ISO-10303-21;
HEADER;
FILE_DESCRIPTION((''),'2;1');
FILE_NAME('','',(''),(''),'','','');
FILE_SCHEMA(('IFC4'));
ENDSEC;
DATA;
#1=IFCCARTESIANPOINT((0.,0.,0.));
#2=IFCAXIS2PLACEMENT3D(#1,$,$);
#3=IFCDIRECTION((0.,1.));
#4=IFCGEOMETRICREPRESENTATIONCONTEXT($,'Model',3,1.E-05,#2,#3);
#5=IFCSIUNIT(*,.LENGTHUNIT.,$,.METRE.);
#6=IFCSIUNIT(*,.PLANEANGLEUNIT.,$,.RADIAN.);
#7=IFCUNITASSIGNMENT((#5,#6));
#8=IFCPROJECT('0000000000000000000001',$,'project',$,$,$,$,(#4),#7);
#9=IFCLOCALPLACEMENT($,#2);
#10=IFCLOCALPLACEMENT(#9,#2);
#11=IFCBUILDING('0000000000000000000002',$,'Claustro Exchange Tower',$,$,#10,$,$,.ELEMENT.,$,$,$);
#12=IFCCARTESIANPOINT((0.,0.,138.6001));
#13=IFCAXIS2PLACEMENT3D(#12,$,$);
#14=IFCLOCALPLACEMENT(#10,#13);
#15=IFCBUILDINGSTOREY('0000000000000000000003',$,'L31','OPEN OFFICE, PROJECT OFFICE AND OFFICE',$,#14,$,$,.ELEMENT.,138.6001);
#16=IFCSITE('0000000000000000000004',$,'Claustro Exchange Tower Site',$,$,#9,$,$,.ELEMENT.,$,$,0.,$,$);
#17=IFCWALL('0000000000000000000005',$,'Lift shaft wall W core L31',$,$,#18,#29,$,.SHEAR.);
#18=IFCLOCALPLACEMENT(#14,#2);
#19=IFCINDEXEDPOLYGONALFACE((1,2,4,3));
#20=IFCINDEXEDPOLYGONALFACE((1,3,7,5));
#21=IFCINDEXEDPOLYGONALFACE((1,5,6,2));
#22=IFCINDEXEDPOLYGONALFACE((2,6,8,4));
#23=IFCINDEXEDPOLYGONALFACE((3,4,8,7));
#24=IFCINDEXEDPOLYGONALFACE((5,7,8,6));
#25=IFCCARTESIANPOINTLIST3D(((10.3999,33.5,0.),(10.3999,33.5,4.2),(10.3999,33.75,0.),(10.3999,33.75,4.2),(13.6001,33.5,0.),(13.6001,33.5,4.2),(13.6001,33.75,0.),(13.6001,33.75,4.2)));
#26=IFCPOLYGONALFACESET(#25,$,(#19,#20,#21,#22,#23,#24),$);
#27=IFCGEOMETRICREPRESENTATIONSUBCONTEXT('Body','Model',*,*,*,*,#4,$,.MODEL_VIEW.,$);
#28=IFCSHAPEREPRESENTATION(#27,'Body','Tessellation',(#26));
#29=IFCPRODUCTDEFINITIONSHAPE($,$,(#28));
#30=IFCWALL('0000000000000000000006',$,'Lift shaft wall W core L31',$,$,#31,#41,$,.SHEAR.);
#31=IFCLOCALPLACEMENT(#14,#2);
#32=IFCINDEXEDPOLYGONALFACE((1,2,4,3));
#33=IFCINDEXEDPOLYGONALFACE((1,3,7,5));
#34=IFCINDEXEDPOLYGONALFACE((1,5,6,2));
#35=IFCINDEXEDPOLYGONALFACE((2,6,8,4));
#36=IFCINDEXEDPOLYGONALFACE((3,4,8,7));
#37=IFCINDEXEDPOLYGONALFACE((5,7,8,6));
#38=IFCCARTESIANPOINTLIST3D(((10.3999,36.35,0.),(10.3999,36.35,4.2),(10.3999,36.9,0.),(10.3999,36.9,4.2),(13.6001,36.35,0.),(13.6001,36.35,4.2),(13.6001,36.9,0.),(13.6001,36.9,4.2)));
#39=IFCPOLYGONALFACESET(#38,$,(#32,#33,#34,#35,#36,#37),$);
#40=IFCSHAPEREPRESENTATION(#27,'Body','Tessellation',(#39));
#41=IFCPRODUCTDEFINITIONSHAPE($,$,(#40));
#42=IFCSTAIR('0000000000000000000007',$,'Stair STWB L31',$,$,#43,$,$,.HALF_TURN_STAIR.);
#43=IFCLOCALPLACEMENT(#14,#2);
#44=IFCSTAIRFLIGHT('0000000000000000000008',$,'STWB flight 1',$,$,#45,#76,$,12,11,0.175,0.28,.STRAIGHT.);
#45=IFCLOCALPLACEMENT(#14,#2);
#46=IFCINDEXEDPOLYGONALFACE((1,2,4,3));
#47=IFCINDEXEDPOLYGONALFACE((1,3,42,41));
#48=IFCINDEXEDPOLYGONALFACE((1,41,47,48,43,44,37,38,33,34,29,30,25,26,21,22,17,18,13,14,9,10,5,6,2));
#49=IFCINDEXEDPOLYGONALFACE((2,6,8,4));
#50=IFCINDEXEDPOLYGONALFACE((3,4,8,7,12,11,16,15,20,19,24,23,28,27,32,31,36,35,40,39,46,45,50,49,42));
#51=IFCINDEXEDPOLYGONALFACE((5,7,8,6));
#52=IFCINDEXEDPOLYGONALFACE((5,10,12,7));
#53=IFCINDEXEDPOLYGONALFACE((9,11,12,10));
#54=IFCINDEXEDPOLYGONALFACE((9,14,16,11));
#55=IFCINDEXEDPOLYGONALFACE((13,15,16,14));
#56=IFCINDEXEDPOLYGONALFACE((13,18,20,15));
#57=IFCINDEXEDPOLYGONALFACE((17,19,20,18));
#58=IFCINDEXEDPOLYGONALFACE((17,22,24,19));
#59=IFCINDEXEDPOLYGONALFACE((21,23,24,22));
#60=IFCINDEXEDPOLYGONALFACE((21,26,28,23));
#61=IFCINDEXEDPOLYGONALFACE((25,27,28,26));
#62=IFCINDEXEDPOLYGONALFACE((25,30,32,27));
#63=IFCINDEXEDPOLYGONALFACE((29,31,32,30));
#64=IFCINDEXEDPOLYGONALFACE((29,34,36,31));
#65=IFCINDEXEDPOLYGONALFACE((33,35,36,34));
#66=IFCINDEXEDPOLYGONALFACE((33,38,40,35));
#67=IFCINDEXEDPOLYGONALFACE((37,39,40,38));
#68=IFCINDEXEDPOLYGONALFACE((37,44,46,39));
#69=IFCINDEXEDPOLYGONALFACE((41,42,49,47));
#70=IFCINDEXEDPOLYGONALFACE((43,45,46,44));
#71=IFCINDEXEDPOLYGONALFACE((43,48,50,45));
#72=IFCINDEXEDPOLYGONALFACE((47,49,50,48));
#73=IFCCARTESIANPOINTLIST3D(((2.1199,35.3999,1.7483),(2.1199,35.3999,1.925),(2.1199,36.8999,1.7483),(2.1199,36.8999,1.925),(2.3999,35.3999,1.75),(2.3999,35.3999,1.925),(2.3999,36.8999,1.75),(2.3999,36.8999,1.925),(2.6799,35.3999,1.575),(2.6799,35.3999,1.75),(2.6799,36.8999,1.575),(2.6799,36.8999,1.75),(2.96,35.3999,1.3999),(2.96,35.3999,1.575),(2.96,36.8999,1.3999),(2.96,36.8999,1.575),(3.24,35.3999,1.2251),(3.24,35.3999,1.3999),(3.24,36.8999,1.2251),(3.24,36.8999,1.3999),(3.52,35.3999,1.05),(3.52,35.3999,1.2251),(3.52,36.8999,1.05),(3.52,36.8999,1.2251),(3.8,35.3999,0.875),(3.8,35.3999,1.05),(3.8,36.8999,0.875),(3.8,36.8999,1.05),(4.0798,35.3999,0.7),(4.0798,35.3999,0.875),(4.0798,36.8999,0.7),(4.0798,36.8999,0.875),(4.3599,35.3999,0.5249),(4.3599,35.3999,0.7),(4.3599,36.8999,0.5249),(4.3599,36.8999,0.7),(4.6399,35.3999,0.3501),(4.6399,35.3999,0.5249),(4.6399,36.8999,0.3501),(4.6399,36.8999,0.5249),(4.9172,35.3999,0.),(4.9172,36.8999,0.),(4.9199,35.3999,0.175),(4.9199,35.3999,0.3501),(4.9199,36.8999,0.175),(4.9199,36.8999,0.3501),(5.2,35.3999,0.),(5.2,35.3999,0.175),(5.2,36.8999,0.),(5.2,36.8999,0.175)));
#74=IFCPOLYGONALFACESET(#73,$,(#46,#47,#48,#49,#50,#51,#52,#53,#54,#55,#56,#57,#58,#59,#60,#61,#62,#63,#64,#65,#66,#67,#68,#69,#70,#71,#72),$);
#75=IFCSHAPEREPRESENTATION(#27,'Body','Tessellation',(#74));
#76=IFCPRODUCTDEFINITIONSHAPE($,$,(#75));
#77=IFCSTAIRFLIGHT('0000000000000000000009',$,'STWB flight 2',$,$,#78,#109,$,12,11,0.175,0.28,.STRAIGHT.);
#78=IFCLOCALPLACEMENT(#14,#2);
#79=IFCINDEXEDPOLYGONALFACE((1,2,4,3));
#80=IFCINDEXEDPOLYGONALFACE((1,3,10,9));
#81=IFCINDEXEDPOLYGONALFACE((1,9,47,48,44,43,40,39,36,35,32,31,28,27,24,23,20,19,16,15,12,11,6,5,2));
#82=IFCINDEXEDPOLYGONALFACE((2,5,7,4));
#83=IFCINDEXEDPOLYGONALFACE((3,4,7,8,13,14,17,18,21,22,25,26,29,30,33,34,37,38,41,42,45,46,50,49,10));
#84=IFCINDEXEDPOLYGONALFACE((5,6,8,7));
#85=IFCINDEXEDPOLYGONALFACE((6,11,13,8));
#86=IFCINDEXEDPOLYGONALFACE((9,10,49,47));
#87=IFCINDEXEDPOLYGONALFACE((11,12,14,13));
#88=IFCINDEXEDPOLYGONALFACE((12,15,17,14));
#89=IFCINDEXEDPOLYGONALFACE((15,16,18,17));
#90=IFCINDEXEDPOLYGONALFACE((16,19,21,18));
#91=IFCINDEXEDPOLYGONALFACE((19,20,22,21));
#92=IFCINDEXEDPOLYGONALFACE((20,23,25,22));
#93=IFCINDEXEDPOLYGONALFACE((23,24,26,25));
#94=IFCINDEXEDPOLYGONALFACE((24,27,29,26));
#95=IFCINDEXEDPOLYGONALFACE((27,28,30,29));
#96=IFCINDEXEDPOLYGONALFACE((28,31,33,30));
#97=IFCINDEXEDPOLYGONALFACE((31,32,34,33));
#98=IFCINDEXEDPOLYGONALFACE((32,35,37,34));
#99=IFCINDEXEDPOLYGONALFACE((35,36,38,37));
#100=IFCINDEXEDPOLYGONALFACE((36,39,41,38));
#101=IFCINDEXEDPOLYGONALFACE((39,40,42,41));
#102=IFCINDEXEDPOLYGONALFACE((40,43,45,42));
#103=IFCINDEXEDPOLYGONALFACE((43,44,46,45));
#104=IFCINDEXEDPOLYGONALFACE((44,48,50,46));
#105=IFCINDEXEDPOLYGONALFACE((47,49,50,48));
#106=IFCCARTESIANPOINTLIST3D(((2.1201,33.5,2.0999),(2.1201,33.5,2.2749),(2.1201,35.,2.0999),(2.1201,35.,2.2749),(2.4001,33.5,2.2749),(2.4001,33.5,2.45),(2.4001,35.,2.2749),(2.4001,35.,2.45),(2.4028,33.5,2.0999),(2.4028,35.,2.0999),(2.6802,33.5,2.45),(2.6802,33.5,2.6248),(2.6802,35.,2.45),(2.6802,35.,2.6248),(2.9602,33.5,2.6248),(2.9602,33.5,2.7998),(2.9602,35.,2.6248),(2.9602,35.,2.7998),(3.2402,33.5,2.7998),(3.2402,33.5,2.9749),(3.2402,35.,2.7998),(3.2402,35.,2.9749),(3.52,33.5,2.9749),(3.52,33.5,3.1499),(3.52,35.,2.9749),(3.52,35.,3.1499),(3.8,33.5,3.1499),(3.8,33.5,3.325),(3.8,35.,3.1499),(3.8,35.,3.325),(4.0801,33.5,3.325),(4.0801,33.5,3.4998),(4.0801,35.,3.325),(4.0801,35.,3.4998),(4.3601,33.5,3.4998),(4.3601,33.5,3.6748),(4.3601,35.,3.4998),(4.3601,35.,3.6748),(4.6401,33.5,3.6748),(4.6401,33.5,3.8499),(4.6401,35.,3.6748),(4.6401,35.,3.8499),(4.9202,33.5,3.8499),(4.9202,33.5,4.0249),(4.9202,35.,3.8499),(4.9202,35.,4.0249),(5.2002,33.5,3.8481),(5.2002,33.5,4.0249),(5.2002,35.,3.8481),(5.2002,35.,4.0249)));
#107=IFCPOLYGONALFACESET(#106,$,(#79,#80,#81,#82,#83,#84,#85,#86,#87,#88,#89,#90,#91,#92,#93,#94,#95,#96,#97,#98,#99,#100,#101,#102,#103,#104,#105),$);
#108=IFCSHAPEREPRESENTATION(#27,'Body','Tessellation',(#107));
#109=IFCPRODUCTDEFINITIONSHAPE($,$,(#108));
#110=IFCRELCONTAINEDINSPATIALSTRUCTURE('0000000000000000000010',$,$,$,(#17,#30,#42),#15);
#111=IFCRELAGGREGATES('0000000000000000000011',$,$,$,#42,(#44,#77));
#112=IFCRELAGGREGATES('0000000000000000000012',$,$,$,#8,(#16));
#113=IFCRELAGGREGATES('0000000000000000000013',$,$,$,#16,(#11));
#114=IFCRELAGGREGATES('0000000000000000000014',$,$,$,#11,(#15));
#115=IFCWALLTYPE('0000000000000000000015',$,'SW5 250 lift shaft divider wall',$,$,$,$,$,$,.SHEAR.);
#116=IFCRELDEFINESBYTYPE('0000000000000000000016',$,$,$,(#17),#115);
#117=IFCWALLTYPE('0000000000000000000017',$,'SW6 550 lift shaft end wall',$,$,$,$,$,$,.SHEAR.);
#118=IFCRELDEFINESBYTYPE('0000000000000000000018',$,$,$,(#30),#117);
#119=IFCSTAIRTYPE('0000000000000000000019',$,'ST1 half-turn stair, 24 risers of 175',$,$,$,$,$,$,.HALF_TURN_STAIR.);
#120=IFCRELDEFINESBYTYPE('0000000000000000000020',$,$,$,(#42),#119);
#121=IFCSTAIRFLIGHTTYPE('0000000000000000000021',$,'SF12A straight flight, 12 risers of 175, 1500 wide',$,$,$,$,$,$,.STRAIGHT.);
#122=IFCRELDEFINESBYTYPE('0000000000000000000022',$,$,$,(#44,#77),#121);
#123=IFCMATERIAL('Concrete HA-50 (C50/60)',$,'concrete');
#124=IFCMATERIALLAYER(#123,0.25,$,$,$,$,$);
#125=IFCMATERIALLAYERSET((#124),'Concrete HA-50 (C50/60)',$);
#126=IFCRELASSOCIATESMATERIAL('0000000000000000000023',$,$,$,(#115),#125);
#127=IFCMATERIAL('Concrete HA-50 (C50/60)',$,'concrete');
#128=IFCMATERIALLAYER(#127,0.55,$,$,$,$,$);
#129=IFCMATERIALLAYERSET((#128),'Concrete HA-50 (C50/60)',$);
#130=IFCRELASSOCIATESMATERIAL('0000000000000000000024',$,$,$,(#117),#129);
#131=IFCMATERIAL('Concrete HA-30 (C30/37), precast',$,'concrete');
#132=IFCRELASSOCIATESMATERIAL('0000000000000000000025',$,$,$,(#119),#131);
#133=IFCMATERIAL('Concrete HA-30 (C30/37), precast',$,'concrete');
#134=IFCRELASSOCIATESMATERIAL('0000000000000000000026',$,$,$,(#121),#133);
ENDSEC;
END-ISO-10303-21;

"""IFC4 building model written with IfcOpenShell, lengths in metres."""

from ifc_helpers import new_model, si_unit, direction, frame, frame_2d, origin, place, context, subcontext, project, spatial, polyline, rectangle, outline, extrude, material, layer, layer_set, type_object, element, aggregate, save


model = new_model("IFC4")

# Units and contexts
model_context = context("Model", 3, precision=1e-05, world=origin(), true_north=direction((0.0, 1.0)))
body_context = subcontext(model_context, "Body", "Model", "MODEL_VIEW")
ifc_project = project(units=[si_unit("LENGTHUNIT", "METRE"), si_unit("PLANEANGLEUNIT", "RADIAN")], contexts=[model_context])

# Site, building, storey
site_placement = place(None, origin())
site = spatial("IfcSite", under=ifc_project, at=site_placement, Name="Claustro Exchange Tower Site", CompositionType="ELEMENT", RefElevation=0.0)
building_placement = place(site_placement, origin())
building = spatial("IfcBuilding", under=site, at=building_placement, Name="Claustro Exchange Tower", CompositionType="ELEMENT")
storey_placement = place(building_placement, frame((0.0, 0.0, 138.6001)))
storey = spatial("IfcBuildingStorey", under=building, at=storey_placement, Name="L31", Description="OPEN OFFICE, PROJECT OFFICE AND OFFICE", CompositionType="ELEMENT", Elevation=138.6001)

# Walls
ifc_material_1 = material(Name="Concrete HA-50 (C50/60)", Category="concrete")
ifc_layer_1 = layer(ifc_material_1, 0.25)
ifc_layer_set_1 = layer_set([ifc_layer_1], Name="Concrete HA-50 (C50/60)")
wall_type_1 = type_object("IfcWallType", Name="SW5 250 lift shaft divider wall", PredefinedType="SHEAR", material=ifc_layer_set_1)
for number, where, z_axis, x_axis, name in (
    (1, (10.3999, 33.625, 0.0), (0.0, 0.0, 1.0), (1.0, 0.0, 0.0), "Lift shaft wall W core L31"),
):
    element("IfcWall", number, at=place(storey_placement, frame(where, z_axis=z_axis, x_axis=x_axis)), inside=storey, type_object=wall_type_1, Name=name, PredefinedType="SHEAR", context=body_context, shape_type="SweptSolid", body=[
        extrude(rectangle(XDim=3.2002, YDim=0.25, at=frame_2d((1.6001, 0.0))), origin(), (0.0, 0.0, 1.0), 4.2),
    ])
ifc_material_2 = material(Name="Concrete HA-50 (C50/60)", Category="concrete")
ifc_layer_2 = layer(ifc_material_2, 0.55)
ifc_layer_set_2 = layer_set([ifc_layer_2], Name="Concrete HA-50 (C50/60)")
wall_type_2 = type_object("IfcWallType", Name="SW6 550 lift shaft end wall", PredefinedType="SHEAR", material=ifc_layer_set_2)
wall_1_placement = place(storey_placement, frame((10.3999, 36.625, 0.0), z_axis=(0.0, 0.0, 1.0), x_axis=(1.0, 0.0, 0.0)))
element("IfcWall", 2, at=wall_1_placement, inside=storey, type_object=wall_type_2, Name="Lift shaft wall W core L31", PredefinedType="SHEAR", context=body_context, shape_type="SweptSolid", body=[
    extrude(rectangle(XDim=3.2002, YDim=0.55, at=frame_2d((1.6001, 0.0))), origin(), (0.0, 0.0, 1.0), 4.2),
])

# Stair, stair flights
ifc_material_3 = material(Name="Concrete HA-30 (C30/37), precast", Category="concrete")
stair_type = type_object("IfcStairType", Name="ST1 half-turn stair, 24 risers of 175", PredefinedType="HALF_TURN_STAIR", material=ifc_material_3)
stair_placement = place(storey_placement, origin())
stair = element("IfcStair", 3, at=stair_placement, inside=storey, type_object=stair_type, Name="Stair STWB L31", PredefinedType="HALF_TURN_STAIR")
ifc_material_4 = material(Name="Concrete HA-30 (C30/37), precast", Category="concrete")
stair_flight_type = type_object("IfcStairFlightType", Name="SF12A straight flight, 12 risers of 175, 1500 wide", PredefinedType="STRAIGHT", material=ifc_material_4)
stair_flight_1_placement = place(storey_placement, frame((5.2, 36.1499, 0.0), z_axis=(0.0, 0.0, 1.0), x_axis=(-1.0, 0.0, 0.0)))
stair_flight_1 = element("IfcStairFlight", 4, at=stair_flight_1_placement, type_object=stair_flight_type, Name="STWB flight 1", NumberOfRisers=12, NumberOfTreads=11, PredefinedType="STRAIGHT", RiserHeight=0.175, TreadLength=0.28, context=body_context, shape_type="SweptSolid", body=[
    extrude(outline(polyline([(0.0, 0.0), (0.0, 0.175), (0.28, 0.175), (0.28, 0.3501), (0.5601, 0.3501), (0.5601, 0.5249), (0.8401, 0.5249), (0.8401, 0.7), (1.1201, 0.7), (1.1201, 0.875), (1.3999, 0.875), (1.3999, 1.05), (1.6799, 1.05), (1.6799, 1.2251), (1.96, 1.2251), (1.96, 1.3999), (2.24, 1.3999), (2.24, 1.575), (2.52, 1.575), (2.52, 1.75), (2.8, 1.75), (2.8, 1.925), (3.0801, 1.925), (3.0801, 2.1001), (3.0801, 1.7483), (0.2827, 0.0), (0.0, 0.0)])), frame((0.0, 0.75, 0.0), z_axis=(0.0, -1.0, 0.0), x_axis=(1.0, 0.0, 0.0)), (0.0, 0.0, 1.0), 1.5),
])
stair_flight_2_placement = place(storey_placement, frame((2.1201, 34.25, 2.0999), z_axis=(0.0, 0.0, 1.0), x_axis=(1.0, 0.0, 0.0)))
stair_flight_2 = element("IfcStairFlight", 5, at=stair_flight_2_placement, type_object=stair_flight_type, Name="STWB flight 2", NumberOfRisers=12, NumberOfTreads=11, PredefinedType="STRAIGHT", RiserHeight=0.175, TreadLength=0.28, context=body_context, shape_type="SweptSolid", body=[
    extrude(outline(polyline([(0.0, 0.0), (0.0, 0.175), (0.28, 0.175), (0.28, 0.3501), (0.5601, 0.3501), (0.5601, 0.5249), (0.8401, 0.5249), (0.8401, 0.7), (1.1201, 0.7), (1.1201, 0.875), (1.3999, 0.875), (1.3999, 1.05), (1.6799, 1.05), (1.6799, 1.2251), (1.96, 1.2251), (1.96, 1.3999), (2.24, 1.3999), (2.24, 1.575), (2.52, 1.575), (2.52, 1.75), (2.8, 1.75), (2.8, 1.925), (3.0801, 1.925), (3.0801, 2.1001), (3.0801, 1.7483), (0.2827, 0.0), (0.0, 0.0)])), frame((0.0, 0.75, 0.0), z_axis=(0.0, -1.0, 0.0), x_axis=(1.0, 0.0, 0.0)), (0.0, 0.0, 1.0), 1.5),
])
aggregate(stair, [stair_flight_1, stair_flight_2])

save(model, "model.ifc")
